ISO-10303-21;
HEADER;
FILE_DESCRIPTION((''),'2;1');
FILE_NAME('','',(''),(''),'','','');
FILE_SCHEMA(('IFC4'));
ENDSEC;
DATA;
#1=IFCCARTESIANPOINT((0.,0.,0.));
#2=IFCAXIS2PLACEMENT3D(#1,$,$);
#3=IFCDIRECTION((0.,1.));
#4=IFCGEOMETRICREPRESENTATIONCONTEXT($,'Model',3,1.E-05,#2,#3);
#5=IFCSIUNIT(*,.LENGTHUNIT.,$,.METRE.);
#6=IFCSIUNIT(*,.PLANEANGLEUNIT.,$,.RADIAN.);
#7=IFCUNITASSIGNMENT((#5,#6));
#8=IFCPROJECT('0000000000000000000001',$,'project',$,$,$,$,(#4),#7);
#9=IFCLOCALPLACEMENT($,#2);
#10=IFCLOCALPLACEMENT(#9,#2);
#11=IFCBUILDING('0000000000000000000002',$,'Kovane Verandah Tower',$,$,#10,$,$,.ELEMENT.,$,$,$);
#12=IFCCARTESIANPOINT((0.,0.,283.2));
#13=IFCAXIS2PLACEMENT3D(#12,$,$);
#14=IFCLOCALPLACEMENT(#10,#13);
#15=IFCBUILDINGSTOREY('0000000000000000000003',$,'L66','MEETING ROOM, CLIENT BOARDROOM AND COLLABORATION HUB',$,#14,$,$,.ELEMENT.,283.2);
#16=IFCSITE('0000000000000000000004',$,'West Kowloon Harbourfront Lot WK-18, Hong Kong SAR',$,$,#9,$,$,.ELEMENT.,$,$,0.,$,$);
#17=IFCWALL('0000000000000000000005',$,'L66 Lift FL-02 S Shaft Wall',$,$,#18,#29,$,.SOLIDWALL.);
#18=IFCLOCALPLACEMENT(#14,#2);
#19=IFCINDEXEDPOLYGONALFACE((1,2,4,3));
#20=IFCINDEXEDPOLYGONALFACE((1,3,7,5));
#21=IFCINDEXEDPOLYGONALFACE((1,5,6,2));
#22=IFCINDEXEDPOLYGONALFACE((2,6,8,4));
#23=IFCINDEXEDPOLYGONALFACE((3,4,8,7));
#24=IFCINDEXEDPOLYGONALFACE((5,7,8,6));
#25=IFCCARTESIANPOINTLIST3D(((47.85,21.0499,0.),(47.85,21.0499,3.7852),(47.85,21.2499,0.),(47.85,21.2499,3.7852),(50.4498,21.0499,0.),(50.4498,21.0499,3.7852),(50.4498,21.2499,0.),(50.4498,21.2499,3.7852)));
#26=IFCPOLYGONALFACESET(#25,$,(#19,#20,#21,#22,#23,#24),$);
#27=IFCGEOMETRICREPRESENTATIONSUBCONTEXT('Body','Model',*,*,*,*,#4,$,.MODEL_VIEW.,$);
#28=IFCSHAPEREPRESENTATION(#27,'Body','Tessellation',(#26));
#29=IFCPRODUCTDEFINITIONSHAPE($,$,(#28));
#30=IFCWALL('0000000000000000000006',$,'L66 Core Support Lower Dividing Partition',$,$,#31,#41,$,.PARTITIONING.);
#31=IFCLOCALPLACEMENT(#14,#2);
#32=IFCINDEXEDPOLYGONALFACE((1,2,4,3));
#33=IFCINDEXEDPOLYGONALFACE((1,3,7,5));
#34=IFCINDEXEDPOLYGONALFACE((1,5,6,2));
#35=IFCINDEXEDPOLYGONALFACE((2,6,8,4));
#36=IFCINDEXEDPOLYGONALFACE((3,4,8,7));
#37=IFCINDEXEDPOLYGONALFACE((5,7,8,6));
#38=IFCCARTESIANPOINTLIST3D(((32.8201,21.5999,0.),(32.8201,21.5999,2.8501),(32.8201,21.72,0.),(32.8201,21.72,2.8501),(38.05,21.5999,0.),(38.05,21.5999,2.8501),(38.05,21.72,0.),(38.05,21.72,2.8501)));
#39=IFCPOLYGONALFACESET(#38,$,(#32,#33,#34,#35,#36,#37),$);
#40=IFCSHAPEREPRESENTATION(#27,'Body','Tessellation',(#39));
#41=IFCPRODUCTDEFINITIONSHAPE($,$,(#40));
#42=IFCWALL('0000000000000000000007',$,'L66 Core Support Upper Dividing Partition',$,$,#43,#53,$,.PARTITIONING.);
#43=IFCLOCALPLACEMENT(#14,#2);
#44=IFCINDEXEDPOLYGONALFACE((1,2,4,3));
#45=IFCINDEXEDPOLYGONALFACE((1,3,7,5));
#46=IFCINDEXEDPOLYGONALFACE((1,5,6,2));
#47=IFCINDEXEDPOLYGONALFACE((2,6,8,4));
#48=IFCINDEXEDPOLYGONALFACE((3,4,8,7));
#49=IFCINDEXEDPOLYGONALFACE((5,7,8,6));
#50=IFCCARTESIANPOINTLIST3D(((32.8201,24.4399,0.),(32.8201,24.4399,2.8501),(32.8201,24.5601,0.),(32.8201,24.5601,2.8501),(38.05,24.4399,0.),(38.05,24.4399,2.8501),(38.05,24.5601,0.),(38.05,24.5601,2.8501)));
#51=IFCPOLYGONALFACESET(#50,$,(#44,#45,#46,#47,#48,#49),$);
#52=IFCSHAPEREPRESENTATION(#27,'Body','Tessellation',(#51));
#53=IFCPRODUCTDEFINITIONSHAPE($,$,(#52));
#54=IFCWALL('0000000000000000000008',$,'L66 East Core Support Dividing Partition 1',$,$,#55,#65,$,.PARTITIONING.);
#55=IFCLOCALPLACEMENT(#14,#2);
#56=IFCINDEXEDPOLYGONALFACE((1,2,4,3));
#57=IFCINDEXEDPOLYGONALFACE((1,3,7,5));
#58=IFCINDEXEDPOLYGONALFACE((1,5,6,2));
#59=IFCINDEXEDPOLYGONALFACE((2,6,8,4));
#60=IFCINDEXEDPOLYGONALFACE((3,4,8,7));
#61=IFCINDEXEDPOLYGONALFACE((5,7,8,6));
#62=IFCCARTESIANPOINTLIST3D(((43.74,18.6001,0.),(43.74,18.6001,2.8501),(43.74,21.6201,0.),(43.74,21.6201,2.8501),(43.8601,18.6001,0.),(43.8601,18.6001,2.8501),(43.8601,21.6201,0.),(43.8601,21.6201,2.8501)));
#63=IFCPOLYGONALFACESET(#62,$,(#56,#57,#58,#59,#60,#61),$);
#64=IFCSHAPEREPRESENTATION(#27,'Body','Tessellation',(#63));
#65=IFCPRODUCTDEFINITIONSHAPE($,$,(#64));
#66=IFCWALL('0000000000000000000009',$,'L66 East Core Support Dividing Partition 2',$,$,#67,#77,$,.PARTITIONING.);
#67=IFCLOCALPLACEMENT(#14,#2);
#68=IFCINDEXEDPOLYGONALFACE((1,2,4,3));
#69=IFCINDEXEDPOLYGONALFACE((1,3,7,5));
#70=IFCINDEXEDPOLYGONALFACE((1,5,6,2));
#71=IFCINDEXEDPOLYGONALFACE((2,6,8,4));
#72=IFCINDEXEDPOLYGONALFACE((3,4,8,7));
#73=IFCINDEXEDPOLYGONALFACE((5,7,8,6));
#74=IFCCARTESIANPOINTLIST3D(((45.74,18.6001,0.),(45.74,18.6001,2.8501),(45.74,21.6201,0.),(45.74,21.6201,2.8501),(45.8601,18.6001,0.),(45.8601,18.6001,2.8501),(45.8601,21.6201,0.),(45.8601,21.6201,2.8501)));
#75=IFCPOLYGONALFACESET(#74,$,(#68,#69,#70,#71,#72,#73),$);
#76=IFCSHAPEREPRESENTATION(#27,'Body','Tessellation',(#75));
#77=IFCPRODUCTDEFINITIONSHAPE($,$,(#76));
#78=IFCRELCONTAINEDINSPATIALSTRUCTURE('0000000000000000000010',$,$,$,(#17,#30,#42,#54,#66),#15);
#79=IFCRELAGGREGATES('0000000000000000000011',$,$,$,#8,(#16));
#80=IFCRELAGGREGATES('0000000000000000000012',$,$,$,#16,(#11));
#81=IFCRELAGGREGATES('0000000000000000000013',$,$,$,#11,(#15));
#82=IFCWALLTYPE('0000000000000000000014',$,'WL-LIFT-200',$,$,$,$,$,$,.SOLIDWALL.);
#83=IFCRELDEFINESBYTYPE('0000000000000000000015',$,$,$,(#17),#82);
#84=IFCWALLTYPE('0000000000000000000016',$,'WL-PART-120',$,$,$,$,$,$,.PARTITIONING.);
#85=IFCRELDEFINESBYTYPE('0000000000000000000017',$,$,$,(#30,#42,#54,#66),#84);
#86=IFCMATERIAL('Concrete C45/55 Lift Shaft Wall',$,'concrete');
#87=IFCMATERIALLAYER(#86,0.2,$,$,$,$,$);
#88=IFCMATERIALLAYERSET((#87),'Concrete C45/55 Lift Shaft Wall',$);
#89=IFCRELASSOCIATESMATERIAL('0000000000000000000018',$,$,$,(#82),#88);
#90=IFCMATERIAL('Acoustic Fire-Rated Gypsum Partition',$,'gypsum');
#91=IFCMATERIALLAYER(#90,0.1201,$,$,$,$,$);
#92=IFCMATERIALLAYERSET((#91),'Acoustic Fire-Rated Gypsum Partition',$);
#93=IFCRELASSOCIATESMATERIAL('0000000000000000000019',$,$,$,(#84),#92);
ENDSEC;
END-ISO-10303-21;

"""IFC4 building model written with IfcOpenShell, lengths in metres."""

from ifc_helpers import new_model, si_unit, direction, frame, frame_2d, origin, place, context, subcontext, project, spatial, rectangle, extrude, material, layer, layer_set, type_object, element, save


model = new_model("IFC4")

# Units and contexts
model_context = context("Model", 3, precision=1e-05, world=origin(), true_north=direction((0.0, 1.0)))
body_context = subcontext(model_context, "Body", "Model", "MODEL_VIEW")
ifc_project = project(units=[si_unit("LENGTHUNIT", "METRE"), si_unit("PLANEANGLEUNIT", "RADIAN")], contexts=[model_context])

# Site, building, storey
site_placement = place(None, origin())
site = spatial("IfcSite", under=ifc_project, at=site_placement, Name="West Kowloon Harbourfront Lot WK-18, Hong Kong SAR", CompositionType="ELEMENT", RefElevation=0.0)
building_placement = place(site_placement, origin())
building = spatial("IfcBuilding", under=site, at=building_placement, Name="Kovane Verandah Tower", CompositionType="ELEMENT")
storey_placement = place(building_placement, frame((0.0, 0.0, 283.2)))
storey = spatial("IfcBuildingStorey", under=building, at=storey_placement, Name="L66", Description="MEETING ROOM, CLIENT BOARDROOM AND COLLABORATION HUB", CompositionType="ELEMENT", Elevation=283.2)

# Walls
ifc_material_1 = material(Name="Concrete C45/55 Lift Shaft Wall", Category="concrete")
ifc_layer_1 = layer(ifc_material_1, 0.2)
ifc_layer_set_1 = layer_set([ifc_layer_1], Name="Concrete C45/55 Lift Shaft Wall")
wall_type_1 = type_object("IfcWallType", Name="WL-LIFT-200", PredefinedType="SOLIDWALL", material=ifc_layer_set_1)
wall_1_placement = place(storey_placement, frame((47.8501, 21.1499, 0.0), z_axis=(0.0, 0.0, 1.0), x_axis=(1.0, 0.0, 0.0)))
element("IfcWall", 1, at=wall_1_placement, inside=storey, type_object=wall_type_1, Name="L66 Lift FL-02 S Shaft Wall", PredefinedType="SOLIDWALL", context=body_context, shape_type="SweptSolid", body=[
    extrude(rectangle(XDim=2.5999, YDim=0.2, at=frame_2d((1.2998, 0.0))), origin(), (0.0, 0.0, 1.0), 3.7852),
])
ifc_material_2 = material(Name="Acoustic Fire-Rated Gypsum Partition", Category="gypsum")
ifc_layer_2 = layer(ifc_material_2, 0.1201)
ifc_layer_set_2 = layer_set([ifc_layer_2], Name="Acoustic Fire-Rated Gypsum Partition")
wall_type_2 = type_object("IfcWallType", Name="WL-PART-120", PredefinedType="PARTITIONING", material=ifc_layer_set_2)
for number, where, z_axis, x_axis, name in (
    (2, (32.8201, 21.6599, 0.0), (0.0, 0.0, 1.0), (1.0, 0.0, 0.0), "L66 Core Support Lower Dividing Partition"),
    (3, (32.8201, 24.5, 0.0), (0.0, 0.0, 1.0), (1.0, 0.0, 0.0), "L66 Core Support Upper Dividing Partition"),
):
    element("IfcWall", number, at=place(storey_placement, frame(where, z_axis=z_axis, x_axis=x_axis)), inside=storey, type_object=wall_type_2, Name=name, PredefinedType="PARTITIONING", context=body_context, shape_type="SweptSolid", body=[
        extrude(rectangle(XDim=5.23, YDim=0.1201, at=frame_2d((2.615, 0.0))), origin(), (0.0, 0.0, 1.0), 2.8501),
    ])
for number, where, z_axis, x_axis, name in (
    (4, (43.8, 18.6001, 0.0), (0.0, 0.0, 1.0), (0.0, 1.0, 0.0), "L66 East Core Support Dividing Partition 1"),
    (5, (45.8, 18.6001, 0.0), (0.0, 0.0, 1.0), (0.0, 1.0, 0.0), "L66 East Core Support Dividing Partition 2"),
):
    element("IfcWall", number, at=place(storey_placement, frame(where, z_axis=z_axis, x_axis=x_axis)), inside=storey, type_object=wall_type_2, Name=name, PredefinedType="PARTITIONING", context=body_context, shape_type="SweptSolid", body=[
        extrude(rectangle(XDim=3.02, YDim=0.1201, at=frame_2d((1.51, 0.0))), origin(), (0.0, 0.0, 1.0), 2.8501),
    ])

save(model, "model.ifc")
